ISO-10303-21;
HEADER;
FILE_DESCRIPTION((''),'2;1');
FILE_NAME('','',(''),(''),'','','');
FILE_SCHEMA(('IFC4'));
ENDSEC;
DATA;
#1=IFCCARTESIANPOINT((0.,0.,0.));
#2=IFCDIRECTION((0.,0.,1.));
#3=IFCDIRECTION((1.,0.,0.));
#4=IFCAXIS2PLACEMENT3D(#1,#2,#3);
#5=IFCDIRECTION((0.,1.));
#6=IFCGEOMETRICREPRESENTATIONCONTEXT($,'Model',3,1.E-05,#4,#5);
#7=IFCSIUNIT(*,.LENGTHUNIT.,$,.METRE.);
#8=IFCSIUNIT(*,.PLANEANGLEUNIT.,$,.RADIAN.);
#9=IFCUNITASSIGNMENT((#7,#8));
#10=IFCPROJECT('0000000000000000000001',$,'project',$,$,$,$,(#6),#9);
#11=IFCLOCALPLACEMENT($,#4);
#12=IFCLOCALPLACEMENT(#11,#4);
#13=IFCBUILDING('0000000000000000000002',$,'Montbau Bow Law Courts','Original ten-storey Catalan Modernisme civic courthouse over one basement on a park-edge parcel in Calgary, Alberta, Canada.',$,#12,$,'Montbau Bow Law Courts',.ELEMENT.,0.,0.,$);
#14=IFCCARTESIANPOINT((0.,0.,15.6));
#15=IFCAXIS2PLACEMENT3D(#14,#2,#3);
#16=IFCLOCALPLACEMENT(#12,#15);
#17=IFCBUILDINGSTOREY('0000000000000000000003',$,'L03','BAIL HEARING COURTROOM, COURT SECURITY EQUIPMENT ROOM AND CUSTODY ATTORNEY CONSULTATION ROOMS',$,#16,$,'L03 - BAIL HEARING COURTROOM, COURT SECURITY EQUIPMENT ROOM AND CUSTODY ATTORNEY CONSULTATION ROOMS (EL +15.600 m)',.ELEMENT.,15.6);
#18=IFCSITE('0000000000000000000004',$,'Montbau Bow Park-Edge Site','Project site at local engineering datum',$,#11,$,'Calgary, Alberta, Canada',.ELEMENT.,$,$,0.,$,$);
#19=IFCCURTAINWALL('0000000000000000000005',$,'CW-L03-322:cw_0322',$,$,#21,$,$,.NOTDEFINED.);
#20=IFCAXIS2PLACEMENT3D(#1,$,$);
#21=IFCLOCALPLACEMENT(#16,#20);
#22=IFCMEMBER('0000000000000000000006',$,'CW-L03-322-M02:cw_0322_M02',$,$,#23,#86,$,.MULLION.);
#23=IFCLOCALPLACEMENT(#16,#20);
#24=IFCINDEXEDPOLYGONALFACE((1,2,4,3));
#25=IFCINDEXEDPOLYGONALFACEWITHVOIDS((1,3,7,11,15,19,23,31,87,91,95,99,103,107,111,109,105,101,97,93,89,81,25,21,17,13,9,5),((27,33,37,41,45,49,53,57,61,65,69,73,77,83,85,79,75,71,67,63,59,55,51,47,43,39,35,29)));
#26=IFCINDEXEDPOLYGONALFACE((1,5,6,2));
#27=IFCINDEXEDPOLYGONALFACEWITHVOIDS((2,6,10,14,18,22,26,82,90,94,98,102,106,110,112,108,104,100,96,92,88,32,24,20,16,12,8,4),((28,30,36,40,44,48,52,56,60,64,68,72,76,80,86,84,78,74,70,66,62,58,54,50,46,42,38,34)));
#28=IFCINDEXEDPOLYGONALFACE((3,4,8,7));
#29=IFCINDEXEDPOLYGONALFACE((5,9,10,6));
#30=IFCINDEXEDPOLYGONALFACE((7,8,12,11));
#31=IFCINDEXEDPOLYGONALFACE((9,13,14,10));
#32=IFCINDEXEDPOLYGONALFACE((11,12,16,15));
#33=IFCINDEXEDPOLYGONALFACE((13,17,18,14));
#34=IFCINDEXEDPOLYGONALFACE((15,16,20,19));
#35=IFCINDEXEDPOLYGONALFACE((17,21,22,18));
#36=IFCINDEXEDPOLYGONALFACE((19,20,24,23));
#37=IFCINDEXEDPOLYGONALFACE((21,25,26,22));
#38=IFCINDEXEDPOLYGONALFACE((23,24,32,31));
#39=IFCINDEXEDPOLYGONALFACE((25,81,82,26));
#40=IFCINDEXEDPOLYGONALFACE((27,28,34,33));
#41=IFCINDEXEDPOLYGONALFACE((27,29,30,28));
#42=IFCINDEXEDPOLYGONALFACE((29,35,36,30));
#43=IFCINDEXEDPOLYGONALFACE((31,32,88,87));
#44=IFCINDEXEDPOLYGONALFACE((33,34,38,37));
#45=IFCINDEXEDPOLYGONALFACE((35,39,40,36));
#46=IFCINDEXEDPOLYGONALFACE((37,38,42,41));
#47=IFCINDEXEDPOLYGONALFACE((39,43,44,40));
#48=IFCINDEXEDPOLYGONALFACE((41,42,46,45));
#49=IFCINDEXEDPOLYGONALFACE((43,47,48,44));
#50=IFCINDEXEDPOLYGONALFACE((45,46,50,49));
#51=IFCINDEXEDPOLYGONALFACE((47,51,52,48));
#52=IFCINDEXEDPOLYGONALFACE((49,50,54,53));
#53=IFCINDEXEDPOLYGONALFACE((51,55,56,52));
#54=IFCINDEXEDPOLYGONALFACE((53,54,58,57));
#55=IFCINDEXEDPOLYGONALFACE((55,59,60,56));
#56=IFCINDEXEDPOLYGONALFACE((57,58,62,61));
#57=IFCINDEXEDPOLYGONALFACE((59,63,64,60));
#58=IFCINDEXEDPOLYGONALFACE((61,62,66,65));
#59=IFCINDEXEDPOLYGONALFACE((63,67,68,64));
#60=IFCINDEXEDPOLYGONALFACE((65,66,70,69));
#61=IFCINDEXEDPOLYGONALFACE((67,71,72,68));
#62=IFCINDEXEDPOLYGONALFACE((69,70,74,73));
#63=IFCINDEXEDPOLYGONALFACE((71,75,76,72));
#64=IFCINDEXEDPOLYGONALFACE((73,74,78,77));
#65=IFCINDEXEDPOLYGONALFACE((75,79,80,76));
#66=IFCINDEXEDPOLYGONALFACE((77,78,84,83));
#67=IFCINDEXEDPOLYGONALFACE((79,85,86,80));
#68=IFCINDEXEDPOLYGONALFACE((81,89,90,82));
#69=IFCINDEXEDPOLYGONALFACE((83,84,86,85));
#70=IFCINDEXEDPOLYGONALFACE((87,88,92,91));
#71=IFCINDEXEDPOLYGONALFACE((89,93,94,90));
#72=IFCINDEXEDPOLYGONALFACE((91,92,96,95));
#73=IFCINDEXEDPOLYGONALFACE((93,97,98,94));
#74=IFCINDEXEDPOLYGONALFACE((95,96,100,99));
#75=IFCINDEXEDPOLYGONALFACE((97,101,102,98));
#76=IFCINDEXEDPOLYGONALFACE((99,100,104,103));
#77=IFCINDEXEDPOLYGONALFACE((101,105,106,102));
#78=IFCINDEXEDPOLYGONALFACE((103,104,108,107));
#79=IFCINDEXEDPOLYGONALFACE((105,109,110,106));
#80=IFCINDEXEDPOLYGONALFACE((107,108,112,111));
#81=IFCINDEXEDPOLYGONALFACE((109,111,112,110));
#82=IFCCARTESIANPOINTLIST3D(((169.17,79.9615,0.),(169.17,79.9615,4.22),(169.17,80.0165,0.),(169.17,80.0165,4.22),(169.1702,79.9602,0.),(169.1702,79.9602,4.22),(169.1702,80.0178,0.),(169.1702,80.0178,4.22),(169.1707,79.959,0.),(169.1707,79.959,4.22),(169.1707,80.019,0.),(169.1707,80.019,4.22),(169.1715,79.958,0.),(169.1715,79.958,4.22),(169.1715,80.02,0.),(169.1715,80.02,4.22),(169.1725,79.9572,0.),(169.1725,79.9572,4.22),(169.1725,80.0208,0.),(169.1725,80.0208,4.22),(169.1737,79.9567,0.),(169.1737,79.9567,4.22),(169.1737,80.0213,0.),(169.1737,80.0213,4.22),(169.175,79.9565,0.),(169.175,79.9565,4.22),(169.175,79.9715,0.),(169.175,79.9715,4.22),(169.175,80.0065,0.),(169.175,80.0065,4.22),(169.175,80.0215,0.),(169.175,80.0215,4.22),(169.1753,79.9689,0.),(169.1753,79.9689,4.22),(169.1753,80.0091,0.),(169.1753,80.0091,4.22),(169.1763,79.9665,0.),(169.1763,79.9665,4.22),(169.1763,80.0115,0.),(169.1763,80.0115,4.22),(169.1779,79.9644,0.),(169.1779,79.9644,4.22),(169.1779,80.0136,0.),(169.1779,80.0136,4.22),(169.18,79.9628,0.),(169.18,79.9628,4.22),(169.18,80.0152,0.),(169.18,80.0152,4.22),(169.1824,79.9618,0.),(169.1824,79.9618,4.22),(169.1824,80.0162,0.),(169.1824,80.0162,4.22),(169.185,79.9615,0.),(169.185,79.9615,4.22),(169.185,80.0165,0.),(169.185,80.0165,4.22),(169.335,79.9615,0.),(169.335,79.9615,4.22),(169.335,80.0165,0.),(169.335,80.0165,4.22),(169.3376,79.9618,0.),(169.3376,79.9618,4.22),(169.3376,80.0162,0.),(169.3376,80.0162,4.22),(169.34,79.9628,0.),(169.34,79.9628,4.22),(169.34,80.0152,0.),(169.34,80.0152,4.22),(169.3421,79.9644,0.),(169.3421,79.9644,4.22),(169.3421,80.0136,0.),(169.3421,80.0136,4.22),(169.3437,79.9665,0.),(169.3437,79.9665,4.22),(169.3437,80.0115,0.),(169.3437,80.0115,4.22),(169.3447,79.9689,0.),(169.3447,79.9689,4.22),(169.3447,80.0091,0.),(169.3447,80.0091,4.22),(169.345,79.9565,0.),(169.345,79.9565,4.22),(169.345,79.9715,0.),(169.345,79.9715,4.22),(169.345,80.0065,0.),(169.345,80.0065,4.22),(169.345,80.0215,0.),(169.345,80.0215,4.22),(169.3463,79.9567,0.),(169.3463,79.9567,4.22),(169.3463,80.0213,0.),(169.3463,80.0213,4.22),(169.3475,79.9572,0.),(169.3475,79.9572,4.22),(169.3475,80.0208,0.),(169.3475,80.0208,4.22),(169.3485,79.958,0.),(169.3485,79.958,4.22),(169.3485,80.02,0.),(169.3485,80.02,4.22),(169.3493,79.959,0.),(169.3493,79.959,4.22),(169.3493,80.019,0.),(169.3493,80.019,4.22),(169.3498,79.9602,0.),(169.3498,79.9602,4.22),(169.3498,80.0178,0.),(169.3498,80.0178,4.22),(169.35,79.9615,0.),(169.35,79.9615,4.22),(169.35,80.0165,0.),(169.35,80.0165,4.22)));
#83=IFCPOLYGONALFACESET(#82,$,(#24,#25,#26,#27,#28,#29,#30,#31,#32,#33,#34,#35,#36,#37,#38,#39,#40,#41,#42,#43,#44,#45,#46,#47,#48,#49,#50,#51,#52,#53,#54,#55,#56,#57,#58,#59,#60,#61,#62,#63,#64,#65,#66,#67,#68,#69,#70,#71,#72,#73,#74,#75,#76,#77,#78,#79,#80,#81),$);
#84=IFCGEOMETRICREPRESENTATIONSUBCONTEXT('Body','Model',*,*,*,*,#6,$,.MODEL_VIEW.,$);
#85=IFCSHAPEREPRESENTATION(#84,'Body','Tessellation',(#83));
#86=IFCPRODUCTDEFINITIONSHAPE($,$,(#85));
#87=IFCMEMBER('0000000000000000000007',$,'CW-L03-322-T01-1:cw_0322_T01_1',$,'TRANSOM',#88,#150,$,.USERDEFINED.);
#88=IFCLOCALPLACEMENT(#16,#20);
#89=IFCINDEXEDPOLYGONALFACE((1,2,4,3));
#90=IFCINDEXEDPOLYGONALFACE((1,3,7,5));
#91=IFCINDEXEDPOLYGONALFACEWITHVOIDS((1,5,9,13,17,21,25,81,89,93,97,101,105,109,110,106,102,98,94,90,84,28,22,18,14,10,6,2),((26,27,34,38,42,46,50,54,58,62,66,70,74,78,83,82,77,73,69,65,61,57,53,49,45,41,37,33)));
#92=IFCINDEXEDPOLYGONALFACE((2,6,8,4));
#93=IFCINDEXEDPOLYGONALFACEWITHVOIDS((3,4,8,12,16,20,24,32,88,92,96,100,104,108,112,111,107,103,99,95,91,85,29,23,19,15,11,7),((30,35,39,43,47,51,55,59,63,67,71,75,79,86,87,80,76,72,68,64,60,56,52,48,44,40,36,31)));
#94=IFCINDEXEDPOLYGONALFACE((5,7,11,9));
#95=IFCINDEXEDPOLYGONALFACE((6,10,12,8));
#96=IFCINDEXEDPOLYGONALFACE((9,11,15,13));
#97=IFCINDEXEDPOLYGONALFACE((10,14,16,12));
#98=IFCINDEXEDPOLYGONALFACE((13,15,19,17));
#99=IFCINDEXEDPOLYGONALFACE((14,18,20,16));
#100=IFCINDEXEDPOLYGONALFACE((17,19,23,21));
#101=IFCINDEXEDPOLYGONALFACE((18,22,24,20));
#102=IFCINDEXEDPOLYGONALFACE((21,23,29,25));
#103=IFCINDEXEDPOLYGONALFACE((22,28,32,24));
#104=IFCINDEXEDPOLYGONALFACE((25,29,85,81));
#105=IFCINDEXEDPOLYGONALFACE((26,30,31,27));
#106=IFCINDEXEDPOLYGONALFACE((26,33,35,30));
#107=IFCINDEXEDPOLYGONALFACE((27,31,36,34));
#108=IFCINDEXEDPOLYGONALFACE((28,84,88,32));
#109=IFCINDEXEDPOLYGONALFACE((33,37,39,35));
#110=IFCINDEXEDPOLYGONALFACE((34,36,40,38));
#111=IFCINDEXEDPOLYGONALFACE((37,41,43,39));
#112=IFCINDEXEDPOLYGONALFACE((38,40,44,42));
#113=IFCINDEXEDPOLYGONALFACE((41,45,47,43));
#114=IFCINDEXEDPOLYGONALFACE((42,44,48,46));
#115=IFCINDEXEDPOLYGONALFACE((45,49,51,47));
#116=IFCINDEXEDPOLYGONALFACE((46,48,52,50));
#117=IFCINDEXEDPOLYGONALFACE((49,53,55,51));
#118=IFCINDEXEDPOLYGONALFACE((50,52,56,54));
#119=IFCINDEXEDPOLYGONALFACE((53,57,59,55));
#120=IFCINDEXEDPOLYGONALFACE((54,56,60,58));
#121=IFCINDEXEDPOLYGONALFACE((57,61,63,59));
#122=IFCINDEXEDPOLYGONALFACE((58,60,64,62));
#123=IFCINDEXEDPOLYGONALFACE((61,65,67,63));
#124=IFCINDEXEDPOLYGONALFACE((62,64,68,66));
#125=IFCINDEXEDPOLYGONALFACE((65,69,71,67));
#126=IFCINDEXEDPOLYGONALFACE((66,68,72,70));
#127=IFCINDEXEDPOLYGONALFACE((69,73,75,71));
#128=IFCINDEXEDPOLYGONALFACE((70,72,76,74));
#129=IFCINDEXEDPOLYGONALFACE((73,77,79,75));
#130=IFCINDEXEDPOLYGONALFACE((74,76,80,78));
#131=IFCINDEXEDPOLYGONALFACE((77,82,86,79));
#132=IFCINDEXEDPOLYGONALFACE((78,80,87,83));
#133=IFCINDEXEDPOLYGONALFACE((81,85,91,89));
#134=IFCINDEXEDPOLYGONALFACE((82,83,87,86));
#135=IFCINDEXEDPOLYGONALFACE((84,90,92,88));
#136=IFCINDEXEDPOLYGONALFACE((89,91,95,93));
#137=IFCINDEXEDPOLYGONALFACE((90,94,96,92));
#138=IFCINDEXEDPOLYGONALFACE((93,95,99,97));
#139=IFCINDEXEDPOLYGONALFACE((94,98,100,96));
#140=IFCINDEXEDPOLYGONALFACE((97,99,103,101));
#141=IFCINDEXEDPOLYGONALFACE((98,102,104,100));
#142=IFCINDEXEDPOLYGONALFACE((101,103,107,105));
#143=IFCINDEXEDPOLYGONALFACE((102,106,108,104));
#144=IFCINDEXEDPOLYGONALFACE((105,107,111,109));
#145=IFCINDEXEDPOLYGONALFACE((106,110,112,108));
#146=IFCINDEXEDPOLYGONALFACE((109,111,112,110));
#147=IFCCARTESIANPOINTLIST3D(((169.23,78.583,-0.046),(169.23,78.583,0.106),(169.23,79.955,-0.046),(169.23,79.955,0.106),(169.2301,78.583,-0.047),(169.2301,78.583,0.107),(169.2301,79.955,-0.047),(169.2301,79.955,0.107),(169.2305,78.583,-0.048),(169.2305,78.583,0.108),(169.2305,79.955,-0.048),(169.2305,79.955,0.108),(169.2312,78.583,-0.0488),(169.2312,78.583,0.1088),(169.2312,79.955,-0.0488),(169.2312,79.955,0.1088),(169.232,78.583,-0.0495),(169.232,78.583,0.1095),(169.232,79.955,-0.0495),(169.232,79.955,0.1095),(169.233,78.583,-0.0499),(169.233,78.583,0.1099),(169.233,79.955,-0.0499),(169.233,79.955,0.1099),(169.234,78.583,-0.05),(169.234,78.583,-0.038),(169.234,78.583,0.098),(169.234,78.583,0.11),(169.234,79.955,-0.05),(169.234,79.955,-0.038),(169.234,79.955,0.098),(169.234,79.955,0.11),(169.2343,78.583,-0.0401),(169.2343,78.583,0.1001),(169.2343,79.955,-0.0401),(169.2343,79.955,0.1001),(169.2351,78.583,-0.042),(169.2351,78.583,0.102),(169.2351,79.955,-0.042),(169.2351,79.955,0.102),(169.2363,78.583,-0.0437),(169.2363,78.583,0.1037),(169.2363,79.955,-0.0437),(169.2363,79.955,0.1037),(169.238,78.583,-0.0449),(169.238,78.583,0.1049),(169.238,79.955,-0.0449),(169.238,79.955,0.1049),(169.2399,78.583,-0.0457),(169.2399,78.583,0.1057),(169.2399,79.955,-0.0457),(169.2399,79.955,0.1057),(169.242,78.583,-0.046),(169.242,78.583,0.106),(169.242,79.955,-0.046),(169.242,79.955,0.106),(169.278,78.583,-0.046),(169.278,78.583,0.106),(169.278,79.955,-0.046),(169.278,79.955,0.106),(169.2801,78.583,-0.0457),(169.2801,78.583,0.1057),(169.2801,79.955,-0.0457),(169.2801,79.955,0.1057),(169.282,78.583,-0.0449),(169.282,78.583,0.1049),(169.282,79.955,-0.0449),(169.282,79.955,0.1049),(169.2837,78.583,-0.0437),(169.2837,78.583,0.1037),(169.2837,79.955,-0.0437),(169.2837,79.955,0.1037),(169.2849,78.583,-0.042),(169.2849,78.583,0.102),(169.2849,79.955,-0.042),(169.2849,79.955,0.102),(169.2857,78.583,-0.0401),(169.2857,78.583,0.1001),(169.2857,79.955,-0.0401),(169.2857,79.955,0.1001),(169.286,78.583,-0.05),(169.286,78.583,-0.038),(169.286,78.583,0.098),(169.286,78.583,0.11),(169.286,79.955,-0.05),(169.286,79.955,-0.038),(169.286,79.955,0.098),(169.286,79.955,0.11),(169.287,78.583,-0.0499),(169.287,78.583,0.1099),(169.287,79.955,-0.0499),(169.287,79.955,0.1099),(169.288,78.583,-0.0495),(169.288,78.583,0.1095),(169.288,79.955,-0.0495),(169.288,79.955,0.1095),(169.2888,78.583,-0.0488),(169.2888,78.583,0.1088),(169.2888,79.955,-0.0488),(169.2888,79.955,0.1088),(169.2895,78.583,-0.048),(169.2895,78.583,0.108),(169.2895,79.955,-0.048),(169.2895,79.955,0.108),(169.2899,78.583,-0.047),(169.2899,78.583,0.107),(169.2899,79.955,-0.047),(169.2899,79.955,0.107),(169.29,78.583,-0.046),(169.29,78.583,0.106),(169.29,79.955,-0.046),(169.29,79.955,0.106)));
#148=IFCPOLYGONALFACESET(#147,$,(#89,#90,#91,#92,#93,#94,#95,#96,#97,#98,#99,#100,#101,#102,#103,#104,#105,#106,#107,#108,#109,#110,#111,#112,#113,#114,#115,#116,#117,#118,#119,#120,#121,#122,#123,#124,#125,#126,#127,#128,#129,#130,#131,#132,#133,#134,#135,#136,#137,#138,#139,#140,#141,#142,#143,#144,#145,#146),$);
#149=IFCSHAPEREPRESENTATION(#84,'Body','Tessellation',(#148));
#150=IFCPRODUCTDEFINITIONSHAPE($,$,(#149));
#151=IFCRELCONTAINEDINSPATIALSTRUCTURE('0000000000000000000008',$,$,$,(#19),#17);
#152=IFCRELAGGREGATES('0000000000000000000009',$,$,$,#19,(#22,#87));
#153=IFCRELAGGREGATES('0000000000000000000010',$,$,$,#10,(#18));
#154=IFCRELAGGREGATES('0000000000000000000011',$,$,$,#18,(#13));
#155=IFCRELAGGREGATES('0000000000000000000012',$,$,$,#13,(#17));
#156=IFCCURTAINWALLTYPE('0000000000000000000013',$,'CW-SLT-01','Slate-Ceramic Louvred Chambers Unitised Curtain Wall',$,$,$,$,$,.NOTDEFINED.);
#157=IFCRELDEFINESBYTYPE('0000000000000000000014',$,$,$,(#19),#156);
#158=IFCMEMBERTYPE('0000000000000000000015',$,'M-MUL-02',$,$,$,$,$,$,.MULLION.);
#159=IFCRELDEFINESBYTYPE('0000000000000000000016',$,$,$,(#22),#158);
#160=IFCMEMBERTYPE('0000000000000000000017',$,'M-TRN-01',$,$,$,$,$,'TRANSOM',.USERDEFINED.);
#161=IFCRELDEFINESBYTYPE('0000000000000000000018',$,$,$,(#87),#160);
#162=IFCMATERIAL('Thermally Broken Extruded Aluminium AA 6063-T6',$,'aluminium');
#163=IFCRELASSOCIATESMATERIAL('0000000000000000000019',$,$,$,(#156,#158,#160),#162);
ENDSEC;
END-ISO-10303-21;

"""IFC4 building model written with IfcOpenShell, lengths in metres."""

from ifc_helpers import new_model, si_unit, direction, frame, origin_with_axes, origin_2d_with_axis, place, context, subcontext, project, spatial, hollow_rectangle, extrude, material, material_profile, profile_set, type_object, element, aggregate, save


model = new_model("IFC4")

# Units and contexts
model_context = context("Model", 3, precision=1e-05, world=origin_with_axes(), true_north=direction((0.0, 1.0)))
body_context = subcontext(model_context, "Body", "Model", "MODEL_VIEW")
ifc_project = project(units=[si_unit("LENGTHUNIT", "METRE"), si_unit("PLANEANGLEUNIT", "RADIAN")], contexts=[model_context])

# Site, building, storey
site_placement = place(None, origin_with_axes())
site = spatial("IfcSite", under=ifc_project, at=site_placement, Name="Montbau Bow Park-Edge Site", Description="Project site at local engineering datum", LongName="Calgary, Alberta, Canada", CompositionType="ELEMENT", RefElevation=0.0)
building_placement = place(site_placement, origin_with_axes())
building = spatial("IfcBuilding", under=site, at=building_placement, Name="Montbau Bow Law Courts", Description="Original ten-storey Catalan Modernisme civic courthouse over one basement on a park-edge parcel in Calgary, Alberta, Canada.", LongName="Montbau Bow Law Courts", CompositionType="ELEMENT", ElevationOfRefHeight=0.0, ElevationOfTerrain=0.0)
storey_placement = place(building_placement, frame((0.0, 0.0, 15.6), z_axis=(0.0, 0.0, 1.0), x_axis=(1.0, 0.0, 0.0)))
storey = spatial("IfcBuildingStorey", under=building, at=storey_placement, Name="L03", Description="BAIL HEARING COURTROOM, COURT SECURITY EQUIPMENT ROOM AND CUSTODY ATTORNEY CONSULTATION ROOMS", LongName="L03 - BAIL HEARING COURTROOM, COURT SECURITY EQUIPMENT ROOM AND CUSTODY ATTORNEY CONSULTATION ROOMS (EL +15.600 m)", CompositionType="ELEMENT", Elevation=15.6)

# Shared definitions
ifc_material_1 = material(Name="Thermally Broken Extruded Aluminium AA 6063-T6", Category="aluminium")
curtain_wall_type = type_object("IfcCurtainWallType", Name="CW-SLT-01", Description="Slate-Ceramic Louvred Chambers Unitised Curtain Wall", PredefinedType="NOTDEFINED", material=ifc_material_1)

# Curtain wall, members
curtain_wall_1_placement = place(None, frame((169.26, 78.515, 15.6), z_axis=(0.0, 0.0, 1.0), x_axis=(1.0, 0.0, 0.0)))
curtain_wall_1 = element("IfcCurtainWall", 1, at=curtain_wall_1_placement, inside=storey, type_object=curtain_wall_type, Name="CW-L03-322:cw_0322", PredefinedType="NOTDEFINED")
ifc_material_profile_1 = material_profile(ifc_material_1, hollow_rectangle(XDim=0.065, YDim=0.18, WallThickness=0.005, InnerFilletRadius=0.01, OuterFilletRadius=0.005, at=origin_2d_with_axis()), Name="CWM-180X65", Category="Main", Priority=0)
ifc_profile_set_1 = profile_set([ifc_material_profile_1], Name="Thermally Broken Extruded Aluminium AA 6063-T6")
member_type_1 = type_object("IfcMemberType", Name="M-MUL-02", PredefinedType="MULLION", material=ifc_profile_set_1)
member_1_placement = place(None, frame((169.26, 79.989, 15.6), z_axis=(0.0, 0.0, 1.0), x_axis=(0.0, 1.0, 0.0)))
member_1 = element("IfcMember", 2, at=member_1_placement, type_object=member_type_1, Name="CW-L03-322-M02:cw_0322_M02", PredefinedType="MULLION", context=body_context, shape_type="SweptSolid", body=[
    extrude(hollow_rectangle(XDim=0.065, YDim=0.18, WallThickness=0.005, InnerFilletRadius=0.01, OuterFilletRadius=0.005, at=origin_2d_with_axis()), origin_with_axes(), (0.0, 0.0, 1.0), 4.22),
])
ifc_material_profile_2 = material_profile(ifc_material_1, hollow_rectangle(XDim=0.06, YDim=0.16, WallThickness=0.004, InnerFilletRadius=0.008, OuterFilletRadius=0.004, at=origin_2d_with_axis()), Name="CWT-160X60", Category="Main", Priority=0)
ifc_profile_set_2 = profile_set([ifc_material_profile_2], Name="Thermally Broken Extruded Aluminium AA 6063-T6")
member_type_2 = type_object("IfcMemberType", Name="M-TRN-01", ElementType="TRANSOM", PredefinedType="USERDEFINED", material=ifc_profile_set_2)
member_2_placement = place(None, frame((169.26, 78.583, 15.63), z_axis=(0.0, 1.0, 0.0), x_axis=(-1.0, 0.0, 0.0)))
member_2 = element("IfcMember", 3, at=member_2_placement, type_object=member_type_2, Name="CW-L03-322-T01-1:cw_0322_T01_1", ObjectType="TRANSOM", PredefinedType="USERDEFINED", context=body_context, shape_type="SweptSolid", body=[
    extrude(hollow_rectangle(XDim=0.06, YDim=0.16, WallThickness=0.004, InnerFilletRadius=0.008, OuterFilletRadius=0.004, at=origin_2d_with_axis()), origin_with_axes(), (0.0, 0.0, 1.0), 1.372),
])

aggregate(curtain_wall_1, [member_1, member_2])

save(model, "model.ifc")
